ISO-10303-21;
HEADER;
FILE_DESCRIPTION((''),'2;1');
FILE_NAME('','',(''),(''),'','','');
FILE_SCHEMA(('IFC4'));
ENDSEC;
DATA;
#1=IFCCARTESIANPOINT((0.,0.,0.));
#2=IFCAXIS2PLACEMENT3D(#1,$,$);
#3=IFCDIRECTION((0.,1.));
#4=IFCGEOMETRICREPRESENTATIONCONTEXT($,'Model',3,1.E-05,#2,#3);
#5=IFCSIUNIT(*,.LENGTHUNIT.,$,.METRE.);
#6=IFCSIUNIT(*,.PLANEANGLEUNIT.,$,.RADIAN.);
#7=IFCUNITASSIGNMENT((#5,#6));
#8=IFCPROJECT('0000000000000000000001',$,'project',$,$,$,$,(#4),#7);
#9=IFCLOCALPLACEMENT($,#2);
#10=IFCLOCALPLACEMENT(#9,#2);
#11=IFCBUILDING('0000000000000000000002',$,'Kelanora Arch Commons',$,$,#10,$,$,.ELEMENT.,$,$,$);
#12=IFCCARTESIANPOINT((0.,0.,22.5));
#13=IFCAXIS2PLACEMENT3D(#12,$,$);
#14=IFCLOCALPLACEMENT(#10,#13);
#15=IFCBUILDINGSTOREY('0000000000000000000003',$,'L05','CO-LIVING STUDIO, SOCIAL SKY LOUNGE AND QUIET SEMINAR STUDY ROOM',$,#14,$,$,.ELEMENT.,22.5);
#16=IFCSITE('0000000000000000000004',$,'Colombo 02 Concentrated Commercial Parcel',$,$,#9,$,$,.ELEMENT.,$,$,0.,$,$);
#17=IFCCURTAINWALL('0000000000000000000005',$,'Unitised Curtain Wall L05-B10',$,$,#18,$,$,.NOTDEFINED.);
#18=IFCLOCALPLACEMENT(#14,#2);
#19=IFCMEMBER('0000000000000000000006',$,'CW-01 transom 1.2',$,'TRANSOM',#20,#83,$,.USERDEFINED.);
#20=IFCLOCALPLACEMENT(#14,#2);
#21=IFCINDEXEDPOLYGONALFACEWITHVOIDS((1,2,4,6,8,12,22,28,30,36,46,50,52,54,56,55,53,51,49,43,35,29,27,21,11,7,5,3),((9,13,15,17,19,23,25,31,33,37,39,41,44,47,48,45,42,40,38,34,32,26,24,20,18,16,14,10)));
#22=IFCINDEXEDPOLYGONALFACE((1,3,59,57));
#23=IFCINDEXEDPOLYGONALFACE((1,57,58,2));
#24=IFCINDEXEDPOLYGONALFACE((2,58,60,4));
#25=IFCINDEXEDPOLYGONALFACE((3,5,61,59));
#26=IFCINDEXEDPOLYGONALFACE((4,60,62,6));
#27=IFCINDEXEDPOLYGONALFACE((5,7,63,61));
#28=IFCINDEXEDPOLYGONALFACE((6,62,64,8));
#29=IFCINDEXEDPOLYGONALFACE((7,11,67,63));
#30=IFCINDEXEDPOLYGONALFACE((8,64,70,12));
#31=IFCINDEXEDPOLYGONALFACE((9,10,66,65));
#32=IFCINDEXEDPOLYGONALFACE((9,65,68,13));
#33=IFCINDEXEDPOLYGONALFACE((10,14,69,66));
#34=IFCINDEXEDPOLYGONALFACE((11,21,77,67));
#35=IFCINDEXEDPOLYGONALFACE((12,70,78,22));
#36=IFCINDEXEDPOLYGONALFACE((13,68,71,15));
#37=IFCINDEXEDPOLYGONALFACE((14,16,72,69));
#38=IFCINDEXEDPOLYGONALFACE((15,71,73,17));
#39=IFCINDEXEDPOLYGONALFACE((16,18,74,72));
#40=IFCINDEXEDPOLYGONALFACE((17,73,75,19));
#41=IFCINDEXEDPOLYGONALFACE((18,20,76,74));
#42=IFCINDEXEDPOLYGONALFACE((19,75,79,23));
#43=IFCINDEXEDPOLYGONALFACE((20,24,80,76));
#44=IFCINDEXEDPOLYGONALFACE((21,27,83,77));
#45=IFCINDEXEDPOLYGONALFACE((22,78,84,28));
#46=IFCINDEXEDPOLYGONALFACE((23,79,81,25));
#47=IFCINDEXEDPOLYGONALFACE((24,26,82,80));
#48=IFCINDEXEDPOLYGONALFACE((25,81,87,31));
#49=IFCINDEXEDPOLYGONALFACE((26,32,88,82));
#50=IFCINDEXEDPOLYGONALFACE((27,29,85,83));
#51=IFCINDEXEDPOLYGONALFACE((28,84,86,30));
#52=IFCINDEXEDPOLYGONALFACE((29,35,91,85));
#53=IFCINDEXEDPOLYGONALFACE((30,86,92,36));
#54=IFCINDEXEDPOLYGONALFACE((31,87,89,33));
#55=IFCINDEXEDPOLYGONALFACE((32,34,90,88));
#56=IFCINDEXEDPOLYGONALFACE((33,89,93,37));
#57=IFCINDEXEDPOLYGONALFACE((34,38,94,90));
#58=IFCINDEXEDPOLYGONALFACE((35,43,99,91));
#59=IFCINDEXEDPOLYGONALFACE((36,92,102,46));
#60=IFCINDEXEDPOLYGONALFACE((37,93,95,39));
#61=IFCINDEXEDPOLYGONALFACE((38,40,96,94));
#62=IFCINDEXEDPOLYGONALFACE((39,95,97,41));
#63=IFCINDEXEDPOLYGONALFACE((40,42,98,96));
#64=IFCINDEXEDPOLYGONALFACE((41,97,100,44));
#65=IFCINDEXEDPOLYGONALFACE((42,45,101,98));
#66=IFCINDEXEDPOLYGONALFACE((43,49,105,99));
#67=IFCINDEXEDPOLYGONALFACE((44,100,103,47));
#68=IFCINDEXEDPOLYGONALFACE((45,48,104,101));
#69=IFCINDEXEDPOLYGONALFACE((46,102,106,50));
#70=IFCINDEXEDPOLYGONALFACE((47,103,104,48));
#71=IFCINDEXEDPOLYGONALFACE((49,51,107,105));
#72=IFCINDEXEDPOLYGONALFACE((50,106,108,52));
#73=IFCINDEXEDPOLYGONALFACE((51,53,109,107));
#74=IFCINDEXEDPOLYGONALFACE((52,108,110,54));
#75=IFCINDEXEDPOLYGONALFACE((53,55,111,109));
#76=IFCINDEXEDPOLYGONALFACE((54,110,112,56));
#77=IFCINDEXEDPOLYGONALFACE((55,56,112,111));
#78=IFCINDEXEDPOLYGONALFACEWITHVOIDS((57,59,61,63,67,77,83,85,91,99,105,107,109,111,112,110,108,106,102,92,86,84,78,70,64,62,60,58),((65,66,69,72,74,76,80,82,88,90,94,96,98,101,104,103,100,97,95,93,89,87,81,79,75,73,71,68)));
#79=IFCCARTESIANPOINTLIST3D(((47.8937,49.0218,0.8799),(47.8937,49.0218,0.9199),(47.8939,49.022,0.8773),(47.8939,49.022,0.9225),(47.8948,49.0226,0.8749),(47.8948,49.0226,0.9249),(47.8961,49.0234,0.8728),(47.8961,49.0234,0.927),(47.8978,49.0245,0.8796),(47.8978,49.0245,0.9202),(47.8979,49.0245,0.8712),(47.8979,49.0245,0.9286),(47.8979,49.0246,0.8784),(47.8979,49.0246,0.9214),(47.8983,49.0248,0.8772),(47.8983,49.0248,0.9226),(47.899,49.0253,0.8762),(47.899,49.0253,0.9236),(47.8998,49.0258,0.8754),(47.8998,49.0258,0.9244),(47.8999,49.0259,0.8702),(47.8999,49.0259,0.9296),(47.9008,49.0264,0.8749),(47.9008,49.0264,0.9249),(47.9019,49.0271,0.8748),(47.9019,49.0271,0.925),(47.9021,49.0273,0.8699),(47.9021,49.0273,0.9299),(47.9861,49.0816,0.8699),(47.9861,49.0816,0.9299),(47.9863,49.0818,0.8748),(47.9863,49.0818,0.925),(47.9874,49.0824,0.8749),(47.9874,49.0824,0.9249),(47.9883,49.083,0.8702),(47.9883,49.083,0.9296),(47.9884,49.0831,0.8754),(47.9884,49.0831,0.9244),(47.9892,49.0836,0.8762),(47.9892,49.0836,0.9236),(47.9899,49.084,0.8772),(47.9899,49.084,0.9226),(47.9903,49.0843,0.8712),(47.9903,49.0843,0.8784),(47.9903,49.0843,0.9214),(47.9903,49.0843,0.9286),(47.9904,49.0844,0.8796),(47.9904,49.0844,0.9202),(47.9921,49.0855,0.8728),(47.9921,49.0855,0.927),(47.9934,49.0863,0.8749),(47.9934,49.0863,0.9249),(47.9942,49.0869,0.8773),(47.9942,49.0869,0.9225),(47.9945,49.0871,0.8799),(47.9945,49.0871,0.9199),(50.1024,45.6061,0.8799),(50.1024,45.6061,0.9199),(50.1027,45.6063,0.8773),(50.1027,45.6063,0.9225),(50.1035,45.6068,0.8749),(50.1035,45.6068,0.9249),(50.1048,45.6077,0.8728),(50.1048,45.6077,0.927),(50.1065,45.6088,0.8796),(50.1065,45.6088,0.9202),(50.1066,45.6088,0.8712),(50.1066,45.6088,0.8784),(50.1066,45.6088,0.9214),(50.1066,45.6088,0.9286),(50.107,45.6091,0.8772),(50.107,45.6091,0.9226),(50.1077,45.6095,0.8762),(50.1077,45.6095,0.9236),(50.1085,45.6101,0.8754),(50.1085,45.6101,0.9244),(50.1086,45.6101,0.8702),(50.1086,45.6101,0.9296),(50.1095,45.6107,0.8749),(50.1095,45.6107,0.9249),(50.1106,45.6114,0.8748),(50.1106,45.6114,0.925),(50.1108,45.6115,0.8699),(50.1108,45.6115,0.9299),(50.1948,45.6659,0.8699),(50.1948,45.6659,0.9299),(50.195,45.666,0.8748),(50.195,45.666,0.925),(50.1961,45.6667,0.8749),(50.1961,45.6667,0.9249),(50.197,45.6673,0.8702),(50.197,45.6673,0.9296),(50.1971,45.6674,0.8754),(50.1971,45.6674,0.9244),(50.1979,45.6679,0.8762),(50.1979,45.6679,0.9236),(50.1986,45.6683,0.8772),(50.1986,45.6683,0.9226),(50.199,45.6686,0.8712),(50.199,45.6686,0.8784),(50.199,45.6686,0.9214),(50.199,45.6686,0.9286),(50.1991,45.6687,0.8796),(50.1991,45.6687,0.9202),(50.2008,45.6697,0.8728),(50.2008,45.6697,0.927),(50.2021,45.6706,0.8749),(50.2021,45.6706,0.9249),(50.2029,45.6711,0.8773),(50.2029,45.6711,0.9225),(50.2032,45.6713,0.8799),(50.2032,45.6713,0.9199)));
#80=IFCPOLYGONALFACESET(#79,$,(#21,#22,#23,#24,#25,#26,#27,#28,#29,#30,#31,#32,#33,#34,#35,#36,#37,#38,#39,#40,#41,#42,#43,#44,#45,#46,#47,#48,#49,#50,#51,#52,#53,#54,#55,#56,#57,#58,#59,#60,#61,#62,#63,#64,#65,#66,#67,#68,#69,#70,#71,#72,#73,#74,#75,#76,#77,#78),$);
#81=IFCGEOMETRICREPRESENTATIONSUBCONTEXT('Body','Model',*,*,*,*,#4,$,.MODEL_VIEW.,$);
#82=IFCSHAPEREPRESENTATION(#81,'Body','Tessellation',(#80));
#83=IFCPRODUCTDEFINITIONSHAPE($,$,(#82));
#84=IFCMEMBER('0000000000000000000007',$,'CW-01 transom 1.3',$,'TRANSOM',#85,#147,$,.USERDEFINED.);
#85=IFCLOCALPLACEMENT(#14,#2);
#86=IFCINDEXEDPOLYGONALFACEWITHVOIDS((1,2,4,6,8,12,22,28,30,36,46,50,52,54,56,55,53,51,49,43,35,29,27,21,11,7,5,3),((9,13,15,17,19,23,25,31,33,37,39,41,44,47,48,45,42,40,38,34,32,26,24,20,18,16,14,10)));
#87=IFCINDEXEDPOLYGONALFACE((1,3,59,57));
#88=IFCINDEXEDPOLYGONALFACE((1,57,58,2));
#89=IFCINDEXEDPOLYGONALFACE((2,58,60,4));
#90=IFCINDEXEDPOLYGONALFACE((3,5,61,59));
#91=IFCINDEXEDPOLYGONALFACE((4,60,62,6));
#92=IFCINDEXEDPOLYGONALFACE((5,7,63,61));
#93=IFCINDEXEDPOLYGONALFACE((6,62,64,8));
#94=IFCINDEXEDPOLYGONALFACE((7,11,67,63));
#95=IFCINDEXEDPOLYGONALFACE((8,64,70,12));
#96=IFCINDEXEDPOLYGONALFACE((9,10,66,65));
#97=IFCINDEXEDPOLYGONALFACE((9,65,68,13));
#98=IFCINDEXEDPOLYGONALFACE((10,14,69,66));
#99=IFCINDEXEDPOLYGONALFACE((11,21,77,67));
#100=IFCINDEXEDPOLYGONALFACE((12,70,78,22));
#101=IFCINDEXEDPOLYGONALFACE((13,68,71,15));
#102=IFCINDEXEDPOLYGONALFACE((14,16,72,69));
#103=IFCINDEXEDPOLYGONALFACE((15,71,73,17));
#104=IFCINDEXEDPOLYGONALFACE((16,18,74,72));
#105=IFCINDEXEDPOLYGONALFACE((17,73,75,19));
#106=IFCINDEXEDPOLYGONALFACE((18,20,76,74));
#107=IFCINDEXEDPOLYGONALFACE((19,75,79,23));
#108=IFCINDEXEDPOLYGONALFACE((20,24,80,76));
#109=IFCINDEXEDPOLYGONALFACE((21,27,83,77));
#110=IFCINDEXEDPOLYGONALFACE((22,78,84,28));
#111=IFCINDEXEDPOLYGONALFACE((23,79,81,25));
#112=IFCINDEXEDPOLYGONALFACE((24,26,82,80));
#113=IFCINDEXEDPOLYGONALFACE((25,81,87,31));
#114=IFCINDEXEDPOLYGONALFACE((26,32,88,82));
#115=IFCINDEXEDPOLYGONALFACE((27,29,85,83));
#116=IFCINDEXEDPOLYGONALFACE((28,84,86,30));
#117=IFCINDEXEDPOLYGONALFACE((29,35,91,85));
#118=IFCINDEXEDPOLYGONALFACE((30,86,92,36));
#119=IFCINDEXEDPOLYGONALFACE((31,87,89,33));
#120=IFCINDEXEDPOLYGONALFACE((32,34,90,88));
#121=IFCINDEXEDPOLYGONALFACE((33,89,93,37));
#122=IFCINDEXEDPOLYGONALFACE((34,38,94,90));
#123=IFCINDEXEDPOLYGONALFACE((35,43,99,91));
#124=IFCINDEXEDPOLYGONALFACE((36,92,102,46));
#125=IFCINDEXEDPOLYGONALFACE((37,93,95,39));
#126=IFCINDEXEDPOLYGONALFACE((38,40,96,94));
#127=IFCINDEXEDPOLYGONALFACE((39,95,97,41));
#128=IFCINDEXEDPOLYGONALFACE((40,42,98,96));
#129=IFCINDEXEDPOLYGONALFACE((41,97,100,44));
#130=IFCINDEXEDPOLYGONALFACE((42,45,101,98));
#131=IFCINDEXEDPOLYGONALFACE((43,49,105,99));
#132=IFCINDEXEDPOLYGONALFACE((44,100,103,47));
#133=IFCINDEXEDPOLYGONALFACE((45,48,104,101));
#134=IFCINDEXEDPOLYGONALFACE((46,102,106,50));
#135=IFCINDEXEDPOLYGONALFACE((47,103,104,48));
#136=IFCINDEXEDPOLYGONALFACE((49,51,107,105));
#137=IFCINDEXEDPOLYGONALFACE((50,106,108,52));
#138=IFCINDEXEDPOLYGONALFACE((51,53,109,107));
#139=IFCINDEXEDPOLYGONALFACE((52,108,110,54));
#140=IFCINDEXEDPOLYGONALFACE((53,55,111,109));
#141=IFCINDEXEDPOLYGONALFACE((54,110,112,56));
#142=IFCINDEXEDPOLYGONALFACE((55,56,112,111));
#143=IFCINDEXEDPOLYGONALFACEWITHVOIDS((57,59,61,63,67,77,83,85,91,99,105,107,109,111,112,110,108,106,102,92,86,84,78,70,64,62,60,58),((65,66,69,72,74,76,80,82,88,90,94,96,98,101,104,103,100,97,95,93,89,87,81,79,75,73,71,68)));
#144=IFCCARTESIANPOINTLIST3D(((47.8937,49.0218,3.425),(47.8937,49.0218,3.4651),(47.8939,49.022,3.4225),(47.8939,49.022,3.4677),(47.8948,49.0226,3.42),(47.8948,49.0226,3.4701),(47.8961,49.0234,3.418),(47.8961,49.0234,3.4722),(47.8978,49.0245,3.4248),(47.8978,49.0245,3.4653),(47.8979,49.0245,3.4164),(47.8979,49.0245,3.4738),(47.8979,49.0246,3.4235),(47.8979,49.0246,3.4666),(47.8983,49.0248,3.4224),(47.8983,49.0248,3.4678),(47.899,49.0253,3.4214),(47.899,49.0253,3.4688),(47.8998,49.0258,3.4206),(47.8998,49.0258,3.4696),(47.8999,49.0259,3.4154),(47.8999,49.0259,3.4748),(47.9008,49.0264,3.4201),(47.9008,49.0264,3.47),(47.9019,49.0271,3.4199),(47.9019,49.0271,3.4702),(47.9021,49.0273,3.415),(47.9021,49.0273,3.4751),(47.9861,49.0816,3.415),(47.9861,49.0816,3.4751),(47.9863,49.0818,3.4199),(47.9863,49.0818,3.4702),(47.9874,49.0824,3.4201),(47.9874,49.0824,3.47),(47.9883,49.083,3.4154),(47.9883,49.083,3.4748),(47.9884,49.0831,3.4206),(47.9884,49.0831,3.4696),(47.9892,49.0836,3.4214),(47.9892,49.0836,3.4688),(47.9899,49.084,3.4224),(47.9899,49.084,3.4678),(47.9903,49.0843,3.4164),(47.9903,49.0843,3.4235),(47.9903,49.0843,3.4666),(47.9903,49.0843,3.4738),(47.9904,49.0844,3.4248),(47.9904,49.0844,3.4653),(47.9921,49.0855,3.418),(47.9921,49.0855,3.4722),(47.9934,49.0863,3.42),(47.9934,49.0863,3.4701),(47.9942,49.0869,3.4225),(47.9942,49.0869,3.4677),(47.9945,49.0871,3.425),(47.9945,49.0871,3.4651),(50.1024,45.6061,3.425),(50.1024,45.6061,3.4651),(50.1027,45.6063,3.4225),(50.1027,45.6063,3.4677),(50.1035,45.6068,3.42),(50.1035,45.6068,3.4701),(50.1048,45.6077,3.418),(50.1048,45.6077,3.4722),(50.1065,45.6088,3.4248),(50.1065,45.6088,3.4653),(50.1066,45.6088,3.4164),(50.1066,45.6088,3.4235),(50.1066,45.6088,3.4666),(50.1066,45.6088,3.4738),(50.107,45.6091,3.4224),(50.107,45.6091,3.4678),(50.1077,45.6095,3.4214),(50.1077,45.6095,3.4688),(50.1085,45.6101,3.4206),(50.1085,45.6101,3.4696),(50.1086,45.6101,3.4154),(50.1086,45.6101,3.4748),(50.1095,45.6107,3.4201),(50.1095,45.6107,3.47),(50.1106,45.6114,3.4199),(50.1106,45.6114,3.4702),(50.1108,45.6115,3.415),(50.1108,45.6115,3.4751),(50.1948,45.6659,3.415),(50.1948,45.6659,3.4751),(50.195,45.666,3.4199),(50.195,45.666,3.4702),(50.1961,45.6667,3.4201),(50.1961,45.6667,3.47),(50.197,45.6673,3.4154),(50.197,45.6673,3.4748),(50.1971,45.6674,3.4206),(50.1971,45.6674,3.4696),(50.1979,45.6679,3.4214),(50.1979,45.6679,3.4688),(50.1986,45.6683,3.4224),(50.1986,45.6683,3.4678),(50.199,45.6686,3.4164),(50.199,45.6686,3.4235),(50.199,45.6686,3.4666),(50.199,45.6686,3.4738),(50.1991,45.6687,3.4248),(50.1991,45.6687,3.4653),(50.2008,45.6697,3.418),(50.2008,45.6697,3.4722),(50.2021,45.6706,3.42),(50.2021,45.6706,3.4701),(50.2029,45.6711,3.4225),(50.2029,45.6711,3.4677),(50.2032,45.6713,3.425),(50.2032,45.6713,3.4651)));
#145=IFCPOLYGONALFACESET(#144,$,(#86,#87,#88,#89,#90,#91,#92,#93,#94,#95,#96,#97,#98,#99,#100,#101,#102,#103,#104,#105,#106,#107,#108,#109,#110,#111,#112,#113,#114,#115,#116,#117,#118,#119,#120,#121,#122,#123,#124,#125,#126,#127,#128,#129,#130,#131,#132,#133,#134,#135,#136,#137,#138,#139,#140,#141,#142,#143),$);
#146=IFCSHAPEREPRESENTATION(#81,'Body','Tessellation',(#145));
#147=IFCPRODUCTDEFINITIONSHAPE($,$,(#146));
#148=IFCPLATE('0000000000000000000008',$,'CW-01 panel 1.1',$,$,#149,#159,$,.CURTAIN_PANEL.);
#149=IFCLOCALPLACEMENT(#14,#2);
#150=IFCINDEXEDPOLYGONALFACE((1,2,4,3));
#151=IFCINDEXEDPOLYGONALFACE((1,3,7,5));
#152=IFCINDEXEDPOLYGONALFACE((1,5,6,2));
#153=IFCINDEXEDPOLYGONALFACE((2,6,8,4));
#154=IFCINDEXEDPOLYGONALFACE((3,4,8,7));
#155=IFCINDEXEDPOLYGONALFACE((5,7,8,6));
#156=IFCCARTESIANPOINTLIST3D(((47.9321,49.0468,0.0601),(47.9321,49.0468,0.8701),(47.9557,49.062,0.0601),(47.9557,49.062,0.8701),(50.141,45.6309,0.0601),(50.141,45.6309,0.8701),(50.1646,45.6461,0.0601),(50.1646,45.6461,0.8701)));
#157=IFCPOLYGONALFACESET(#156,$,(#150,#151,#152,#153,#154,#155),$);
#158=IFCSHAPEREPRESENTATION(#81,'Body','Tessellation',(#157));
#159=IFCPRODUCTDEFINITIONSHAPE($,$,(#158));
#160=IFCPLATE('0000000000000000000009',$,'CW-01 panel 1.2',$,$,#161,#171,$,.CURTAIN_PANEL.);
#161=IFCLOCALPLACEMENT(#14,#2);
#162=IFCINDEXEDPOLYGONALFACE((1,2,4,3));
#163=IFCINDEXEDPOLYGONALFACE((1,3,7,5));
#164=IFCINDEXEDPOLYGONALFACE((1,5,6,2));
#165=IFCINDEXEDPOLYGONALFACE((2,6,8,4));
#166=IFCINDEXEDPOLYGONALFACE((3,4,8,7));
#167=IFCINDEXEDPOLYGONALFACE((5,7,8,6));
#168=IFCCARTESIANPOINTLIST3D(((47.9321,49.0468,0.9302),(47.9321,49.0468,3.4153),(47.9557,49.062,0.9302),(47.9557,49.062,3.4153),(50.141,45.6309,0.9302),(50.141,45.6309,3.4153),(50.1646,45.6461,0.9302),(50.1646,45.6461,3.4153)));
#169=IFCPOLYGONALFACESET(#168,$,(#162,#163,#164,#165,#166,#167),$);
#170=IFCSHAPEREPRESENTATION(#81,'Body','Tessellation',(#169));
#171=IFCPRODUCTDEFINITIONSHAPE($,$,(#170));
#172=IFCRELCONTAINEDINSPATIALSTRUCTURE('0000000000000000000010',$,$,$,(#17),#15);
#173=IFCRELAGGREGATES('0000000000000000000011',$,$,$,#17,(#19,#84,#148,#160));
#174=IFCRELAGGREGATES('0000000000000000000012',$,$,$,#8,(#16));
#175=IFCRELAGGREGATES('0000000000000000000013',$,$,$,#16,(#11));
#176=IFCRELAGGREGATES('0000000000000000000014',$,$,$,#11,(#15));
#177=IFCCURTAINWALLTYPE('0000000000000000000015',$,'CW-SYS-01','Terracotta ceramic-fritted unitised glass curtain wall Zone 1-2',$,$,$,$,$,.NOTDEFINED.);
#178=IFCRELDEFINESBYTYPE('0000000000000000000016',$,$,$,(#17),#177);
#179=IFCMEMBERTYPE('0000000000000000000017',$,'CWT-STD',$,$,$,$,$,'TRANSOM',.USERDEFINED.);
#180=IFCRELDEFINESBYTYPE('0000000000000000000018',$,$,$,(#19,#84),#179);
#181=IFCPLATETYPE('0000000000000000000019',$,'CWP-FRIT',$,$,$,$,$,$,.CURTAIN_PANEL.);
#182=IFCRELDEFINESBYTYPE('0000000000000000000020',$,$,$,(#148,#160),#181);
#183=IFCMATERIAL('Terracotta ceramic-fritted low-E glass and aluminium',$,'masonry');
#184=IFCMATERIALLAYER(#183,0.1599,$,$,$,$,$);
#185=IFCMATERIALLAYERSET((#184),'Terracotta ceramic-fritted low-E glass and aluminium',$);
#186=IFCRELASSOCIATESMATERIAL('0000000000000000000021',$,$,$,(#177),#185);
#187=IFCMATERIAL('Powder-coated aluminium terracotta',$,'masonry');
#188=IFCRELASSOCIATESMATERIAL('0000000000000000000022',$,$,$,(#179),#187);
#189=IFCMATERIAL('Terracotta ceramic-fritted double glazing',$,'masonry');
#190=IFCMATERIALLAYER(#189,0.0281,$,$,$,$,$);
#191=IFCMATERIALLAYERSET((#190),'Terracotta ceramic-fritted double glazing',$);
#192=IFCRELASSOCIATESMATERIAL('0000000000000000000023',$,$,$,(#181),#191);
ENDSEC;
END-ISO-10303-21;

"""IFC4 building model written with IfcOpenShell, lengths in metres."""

from ifc_helpers import new_model, si_unit, direction, frame, origin, origin_2d, place, context, subcontext, project, spatial, rectangle, hollow_rectangle, extrude, source, transform, mapped, material, layer, layer_set, material_profile, profile_set, type_object, element, aggregate, save


model = new_model("IFC4")

# Units and contexts
model_context = context("Model", 3, precision=1e-05, world=origin(), true_north=direction((0.0, 1.0)))
body_context = subcontext(model_context, "Body", "Model", "MODEL_VIEW")
ifc_project = project(units=[si_unit("LENGTHUNIT", "METRE"), si_unit("PLANEANGLEUNIT", "RADIAN")], contexts=[model_context])

# Site, building, storey
site_placement = place(None, origin())
site = spatial("IfcSite", under=ifc_project, at=site_placement, Name="Colombo 02 Concentrated Commercial Parcel", CompositionType="ELEMENT", RefElevation=0.0)
building_placement = place(site_placement, origin())
building = spatial("IfcBuilding", under=site, at=building_placement, Name="Kelanora Arch Commons", CompositionType="ELEMENT")
storey_placement = place(building_placement, frame((0.0, 0.0, 22.5)))
storey = spatial("IfcBuildingStorey", under=building, at=storey_placement, Name="L05", Description="CO-LIVING STUDIO, SOCIAL SKY LOUNGE AND QUIET SEMINAR STUDY ROOM", CompositionType="ELEMENT", Elevation=22.5)

# Curtain wall, members, plates
ifc_material_1 = material(Name="Terracotta ceramic-fritted low-E glass and aluminium", Category="masonry")
ifc_layer_1 = layer(ifc_material_1, 0.1599)
ifc_layer_set_1 = layer_set([ifc_layer_1], Name="Terracotta ceramic-fritted low-E glass and aluminium")
curtain_wall_type = type_object("IfcCurtainWallType", Name="CW-SYS-01", Description="Terracotta ceramic-fritted unitised glass curtain wall Zone 1-2", PredefinedType="NOTDEFINED", material=ifc_layer_set_1)
curtain_wall_placement = place(storey_placement, origin())
curtain_wall = element("IfcCurtainWall", 1, at=curtain_wall_placement, inside=storey, type_object=curtain_wall_type, Name="Unitised Curtain Wall L05-B10", PredefinedType="NOTDEFINED")
ifc_material_2 = material(Name="Powder-coated aluminium terracotta", Category="masonry")
ifc_material_profile_1 = material_profile(ifc_material_2, hollow_rectangle(XDim=0.1201, YDim=0.0601, WallThickness=0.0049, InnerFilletRadius=0.0049, OuterFilletRadius=0.01, at=origin_2d()), Name="CWT120x60")
ifc_profile_set_1 = profile_set([ifc_material_profile_1], Name="Powder-coated aluminium terracotta")
member_type_1 = type_object("IfcMemberType", Name="CWT-STD", ElementType="TRANSOM", PredefinedType="USERDEFINED", material=ifc_profile_set_1)
member_1_placement = place(storey_placement, frame((47.9441, 49.0544, 0.8999), z_axis=(0.542997, -0.839734, 0.0), x_axis=(0.839734, 0.542997, 0.0)))
member_1 = element("IfcMember", 2, at=member_1_placement, type_object=member_type_1, Name="CW-01 transom 1.2", ObjectType="TRANSOM", PredefinedType="USERDEFINED", context=body_context, shape_type="SweptSolid", body=[
    extrude(hollow_rectangle(XDim=0.1201, YDim=0.0601, WallThickness=0.0049, InnerFilletRadius=0.0049, OuterFilletRadius=0.01, at=origin_2d()), origin(), (0.0, 0.0, 1.0), 4.0676),
])
member_2_placement = place(storey_placement, frame((47.9441, 49.0544, 3.4451), z_axis=(0.542997, -0.839734, 0.0), x_axis=(0.839734, 0.542997, 0.0)))
member_2 = element("IfcMember", 3, at=member_2_placement, type_object=member_type_1, Name="CW-01 transom 1.3", ObjectType="TRANSOM", PredefinedType="USERDEFINED", context=body_context, shape_type="SweptSolid", body=[
    extrude(hollow_rectangle(XDim=0.1201, YDim=0.0601, WallThickness=0.0049, InnerFilletRadius=0.0049, OuterFilletRadius=0.01, at=origin_2d()), origin(), (0.0, 0.0, 1.0), 4.0676),
])
ifc_material_3 = material(Name="Terracotta ceramic-fritted double glazing", Category="masonry")
ifc_layer_2 = layer(ifc_material_3, 0.0281)
ifc_layer_set_2 = layer_set([ifc_layer_2], Name="Terracotta ceramic-fritted double glazing")
plate_type = type_object("IfcPlateType", Name="CWP-FRIT", PredefinedType="CURTAIN_PANEL", material=ifc_layer_set_2)
shared_shape_1 = source(origin(), body_context, "Body", "SweptSolid", [
    extrude(rectangle(XDim=4.0679, YDim=0.0281, at=origin_2d()), origin(), (0.0, 0.0, 1.0), 0.8101),
])
plate_1_placement = place(storey_placement, frame((49.0483, 47.3464, 0.0601), z_axis=(0.0, 0.0, 1.0), x_axis=(0.543004, -0.83973, 0.0)))
plate_1 = element("IfcPlate", 4, at=plate_1_placement, type_object=plate_type, Name="CW-01 panel 1.1", PredefinedType="CURTAIN_PANEL", context=body_context, shape_type="MappedRepresentation", body=[
    mapped(shared_shape_1, transform((0.0, 0.0, 0.0), scale=1.0)),
])
shared_shape_2 = source(origin(), body_context, "Body", "SweptSolid", [
    extrude(rectangle(XDim=4.0679, YDim=0.0281, at=origin_2d()), origin(), (0.0, 0.0, 1.0), 2.4851),
])
plate_2_placement = place(storey_placement, frame((49.0483, 47.3464, 0.9302), z_axis=(0.0, 0.0, 1.0), x_axis=(0.543004, -0.83973, 0.0)))
plate_2 = element("IfcPlate", 5, at=plate_2_placement, type_object=plate_type, Name="CW-01 panel 1.2", PredefinedType="CURTAIN_PANEL", context=body_context, shape_type="MappedRepresentation", body=[
    mapped(shared_shape_2, transform((0.0, 0.0, 0.0), scale=1.0)),
])
aggregate(curtain_wall, [member_1, member_2, plate_1, plate_2])

save(model, "model.ifc")
